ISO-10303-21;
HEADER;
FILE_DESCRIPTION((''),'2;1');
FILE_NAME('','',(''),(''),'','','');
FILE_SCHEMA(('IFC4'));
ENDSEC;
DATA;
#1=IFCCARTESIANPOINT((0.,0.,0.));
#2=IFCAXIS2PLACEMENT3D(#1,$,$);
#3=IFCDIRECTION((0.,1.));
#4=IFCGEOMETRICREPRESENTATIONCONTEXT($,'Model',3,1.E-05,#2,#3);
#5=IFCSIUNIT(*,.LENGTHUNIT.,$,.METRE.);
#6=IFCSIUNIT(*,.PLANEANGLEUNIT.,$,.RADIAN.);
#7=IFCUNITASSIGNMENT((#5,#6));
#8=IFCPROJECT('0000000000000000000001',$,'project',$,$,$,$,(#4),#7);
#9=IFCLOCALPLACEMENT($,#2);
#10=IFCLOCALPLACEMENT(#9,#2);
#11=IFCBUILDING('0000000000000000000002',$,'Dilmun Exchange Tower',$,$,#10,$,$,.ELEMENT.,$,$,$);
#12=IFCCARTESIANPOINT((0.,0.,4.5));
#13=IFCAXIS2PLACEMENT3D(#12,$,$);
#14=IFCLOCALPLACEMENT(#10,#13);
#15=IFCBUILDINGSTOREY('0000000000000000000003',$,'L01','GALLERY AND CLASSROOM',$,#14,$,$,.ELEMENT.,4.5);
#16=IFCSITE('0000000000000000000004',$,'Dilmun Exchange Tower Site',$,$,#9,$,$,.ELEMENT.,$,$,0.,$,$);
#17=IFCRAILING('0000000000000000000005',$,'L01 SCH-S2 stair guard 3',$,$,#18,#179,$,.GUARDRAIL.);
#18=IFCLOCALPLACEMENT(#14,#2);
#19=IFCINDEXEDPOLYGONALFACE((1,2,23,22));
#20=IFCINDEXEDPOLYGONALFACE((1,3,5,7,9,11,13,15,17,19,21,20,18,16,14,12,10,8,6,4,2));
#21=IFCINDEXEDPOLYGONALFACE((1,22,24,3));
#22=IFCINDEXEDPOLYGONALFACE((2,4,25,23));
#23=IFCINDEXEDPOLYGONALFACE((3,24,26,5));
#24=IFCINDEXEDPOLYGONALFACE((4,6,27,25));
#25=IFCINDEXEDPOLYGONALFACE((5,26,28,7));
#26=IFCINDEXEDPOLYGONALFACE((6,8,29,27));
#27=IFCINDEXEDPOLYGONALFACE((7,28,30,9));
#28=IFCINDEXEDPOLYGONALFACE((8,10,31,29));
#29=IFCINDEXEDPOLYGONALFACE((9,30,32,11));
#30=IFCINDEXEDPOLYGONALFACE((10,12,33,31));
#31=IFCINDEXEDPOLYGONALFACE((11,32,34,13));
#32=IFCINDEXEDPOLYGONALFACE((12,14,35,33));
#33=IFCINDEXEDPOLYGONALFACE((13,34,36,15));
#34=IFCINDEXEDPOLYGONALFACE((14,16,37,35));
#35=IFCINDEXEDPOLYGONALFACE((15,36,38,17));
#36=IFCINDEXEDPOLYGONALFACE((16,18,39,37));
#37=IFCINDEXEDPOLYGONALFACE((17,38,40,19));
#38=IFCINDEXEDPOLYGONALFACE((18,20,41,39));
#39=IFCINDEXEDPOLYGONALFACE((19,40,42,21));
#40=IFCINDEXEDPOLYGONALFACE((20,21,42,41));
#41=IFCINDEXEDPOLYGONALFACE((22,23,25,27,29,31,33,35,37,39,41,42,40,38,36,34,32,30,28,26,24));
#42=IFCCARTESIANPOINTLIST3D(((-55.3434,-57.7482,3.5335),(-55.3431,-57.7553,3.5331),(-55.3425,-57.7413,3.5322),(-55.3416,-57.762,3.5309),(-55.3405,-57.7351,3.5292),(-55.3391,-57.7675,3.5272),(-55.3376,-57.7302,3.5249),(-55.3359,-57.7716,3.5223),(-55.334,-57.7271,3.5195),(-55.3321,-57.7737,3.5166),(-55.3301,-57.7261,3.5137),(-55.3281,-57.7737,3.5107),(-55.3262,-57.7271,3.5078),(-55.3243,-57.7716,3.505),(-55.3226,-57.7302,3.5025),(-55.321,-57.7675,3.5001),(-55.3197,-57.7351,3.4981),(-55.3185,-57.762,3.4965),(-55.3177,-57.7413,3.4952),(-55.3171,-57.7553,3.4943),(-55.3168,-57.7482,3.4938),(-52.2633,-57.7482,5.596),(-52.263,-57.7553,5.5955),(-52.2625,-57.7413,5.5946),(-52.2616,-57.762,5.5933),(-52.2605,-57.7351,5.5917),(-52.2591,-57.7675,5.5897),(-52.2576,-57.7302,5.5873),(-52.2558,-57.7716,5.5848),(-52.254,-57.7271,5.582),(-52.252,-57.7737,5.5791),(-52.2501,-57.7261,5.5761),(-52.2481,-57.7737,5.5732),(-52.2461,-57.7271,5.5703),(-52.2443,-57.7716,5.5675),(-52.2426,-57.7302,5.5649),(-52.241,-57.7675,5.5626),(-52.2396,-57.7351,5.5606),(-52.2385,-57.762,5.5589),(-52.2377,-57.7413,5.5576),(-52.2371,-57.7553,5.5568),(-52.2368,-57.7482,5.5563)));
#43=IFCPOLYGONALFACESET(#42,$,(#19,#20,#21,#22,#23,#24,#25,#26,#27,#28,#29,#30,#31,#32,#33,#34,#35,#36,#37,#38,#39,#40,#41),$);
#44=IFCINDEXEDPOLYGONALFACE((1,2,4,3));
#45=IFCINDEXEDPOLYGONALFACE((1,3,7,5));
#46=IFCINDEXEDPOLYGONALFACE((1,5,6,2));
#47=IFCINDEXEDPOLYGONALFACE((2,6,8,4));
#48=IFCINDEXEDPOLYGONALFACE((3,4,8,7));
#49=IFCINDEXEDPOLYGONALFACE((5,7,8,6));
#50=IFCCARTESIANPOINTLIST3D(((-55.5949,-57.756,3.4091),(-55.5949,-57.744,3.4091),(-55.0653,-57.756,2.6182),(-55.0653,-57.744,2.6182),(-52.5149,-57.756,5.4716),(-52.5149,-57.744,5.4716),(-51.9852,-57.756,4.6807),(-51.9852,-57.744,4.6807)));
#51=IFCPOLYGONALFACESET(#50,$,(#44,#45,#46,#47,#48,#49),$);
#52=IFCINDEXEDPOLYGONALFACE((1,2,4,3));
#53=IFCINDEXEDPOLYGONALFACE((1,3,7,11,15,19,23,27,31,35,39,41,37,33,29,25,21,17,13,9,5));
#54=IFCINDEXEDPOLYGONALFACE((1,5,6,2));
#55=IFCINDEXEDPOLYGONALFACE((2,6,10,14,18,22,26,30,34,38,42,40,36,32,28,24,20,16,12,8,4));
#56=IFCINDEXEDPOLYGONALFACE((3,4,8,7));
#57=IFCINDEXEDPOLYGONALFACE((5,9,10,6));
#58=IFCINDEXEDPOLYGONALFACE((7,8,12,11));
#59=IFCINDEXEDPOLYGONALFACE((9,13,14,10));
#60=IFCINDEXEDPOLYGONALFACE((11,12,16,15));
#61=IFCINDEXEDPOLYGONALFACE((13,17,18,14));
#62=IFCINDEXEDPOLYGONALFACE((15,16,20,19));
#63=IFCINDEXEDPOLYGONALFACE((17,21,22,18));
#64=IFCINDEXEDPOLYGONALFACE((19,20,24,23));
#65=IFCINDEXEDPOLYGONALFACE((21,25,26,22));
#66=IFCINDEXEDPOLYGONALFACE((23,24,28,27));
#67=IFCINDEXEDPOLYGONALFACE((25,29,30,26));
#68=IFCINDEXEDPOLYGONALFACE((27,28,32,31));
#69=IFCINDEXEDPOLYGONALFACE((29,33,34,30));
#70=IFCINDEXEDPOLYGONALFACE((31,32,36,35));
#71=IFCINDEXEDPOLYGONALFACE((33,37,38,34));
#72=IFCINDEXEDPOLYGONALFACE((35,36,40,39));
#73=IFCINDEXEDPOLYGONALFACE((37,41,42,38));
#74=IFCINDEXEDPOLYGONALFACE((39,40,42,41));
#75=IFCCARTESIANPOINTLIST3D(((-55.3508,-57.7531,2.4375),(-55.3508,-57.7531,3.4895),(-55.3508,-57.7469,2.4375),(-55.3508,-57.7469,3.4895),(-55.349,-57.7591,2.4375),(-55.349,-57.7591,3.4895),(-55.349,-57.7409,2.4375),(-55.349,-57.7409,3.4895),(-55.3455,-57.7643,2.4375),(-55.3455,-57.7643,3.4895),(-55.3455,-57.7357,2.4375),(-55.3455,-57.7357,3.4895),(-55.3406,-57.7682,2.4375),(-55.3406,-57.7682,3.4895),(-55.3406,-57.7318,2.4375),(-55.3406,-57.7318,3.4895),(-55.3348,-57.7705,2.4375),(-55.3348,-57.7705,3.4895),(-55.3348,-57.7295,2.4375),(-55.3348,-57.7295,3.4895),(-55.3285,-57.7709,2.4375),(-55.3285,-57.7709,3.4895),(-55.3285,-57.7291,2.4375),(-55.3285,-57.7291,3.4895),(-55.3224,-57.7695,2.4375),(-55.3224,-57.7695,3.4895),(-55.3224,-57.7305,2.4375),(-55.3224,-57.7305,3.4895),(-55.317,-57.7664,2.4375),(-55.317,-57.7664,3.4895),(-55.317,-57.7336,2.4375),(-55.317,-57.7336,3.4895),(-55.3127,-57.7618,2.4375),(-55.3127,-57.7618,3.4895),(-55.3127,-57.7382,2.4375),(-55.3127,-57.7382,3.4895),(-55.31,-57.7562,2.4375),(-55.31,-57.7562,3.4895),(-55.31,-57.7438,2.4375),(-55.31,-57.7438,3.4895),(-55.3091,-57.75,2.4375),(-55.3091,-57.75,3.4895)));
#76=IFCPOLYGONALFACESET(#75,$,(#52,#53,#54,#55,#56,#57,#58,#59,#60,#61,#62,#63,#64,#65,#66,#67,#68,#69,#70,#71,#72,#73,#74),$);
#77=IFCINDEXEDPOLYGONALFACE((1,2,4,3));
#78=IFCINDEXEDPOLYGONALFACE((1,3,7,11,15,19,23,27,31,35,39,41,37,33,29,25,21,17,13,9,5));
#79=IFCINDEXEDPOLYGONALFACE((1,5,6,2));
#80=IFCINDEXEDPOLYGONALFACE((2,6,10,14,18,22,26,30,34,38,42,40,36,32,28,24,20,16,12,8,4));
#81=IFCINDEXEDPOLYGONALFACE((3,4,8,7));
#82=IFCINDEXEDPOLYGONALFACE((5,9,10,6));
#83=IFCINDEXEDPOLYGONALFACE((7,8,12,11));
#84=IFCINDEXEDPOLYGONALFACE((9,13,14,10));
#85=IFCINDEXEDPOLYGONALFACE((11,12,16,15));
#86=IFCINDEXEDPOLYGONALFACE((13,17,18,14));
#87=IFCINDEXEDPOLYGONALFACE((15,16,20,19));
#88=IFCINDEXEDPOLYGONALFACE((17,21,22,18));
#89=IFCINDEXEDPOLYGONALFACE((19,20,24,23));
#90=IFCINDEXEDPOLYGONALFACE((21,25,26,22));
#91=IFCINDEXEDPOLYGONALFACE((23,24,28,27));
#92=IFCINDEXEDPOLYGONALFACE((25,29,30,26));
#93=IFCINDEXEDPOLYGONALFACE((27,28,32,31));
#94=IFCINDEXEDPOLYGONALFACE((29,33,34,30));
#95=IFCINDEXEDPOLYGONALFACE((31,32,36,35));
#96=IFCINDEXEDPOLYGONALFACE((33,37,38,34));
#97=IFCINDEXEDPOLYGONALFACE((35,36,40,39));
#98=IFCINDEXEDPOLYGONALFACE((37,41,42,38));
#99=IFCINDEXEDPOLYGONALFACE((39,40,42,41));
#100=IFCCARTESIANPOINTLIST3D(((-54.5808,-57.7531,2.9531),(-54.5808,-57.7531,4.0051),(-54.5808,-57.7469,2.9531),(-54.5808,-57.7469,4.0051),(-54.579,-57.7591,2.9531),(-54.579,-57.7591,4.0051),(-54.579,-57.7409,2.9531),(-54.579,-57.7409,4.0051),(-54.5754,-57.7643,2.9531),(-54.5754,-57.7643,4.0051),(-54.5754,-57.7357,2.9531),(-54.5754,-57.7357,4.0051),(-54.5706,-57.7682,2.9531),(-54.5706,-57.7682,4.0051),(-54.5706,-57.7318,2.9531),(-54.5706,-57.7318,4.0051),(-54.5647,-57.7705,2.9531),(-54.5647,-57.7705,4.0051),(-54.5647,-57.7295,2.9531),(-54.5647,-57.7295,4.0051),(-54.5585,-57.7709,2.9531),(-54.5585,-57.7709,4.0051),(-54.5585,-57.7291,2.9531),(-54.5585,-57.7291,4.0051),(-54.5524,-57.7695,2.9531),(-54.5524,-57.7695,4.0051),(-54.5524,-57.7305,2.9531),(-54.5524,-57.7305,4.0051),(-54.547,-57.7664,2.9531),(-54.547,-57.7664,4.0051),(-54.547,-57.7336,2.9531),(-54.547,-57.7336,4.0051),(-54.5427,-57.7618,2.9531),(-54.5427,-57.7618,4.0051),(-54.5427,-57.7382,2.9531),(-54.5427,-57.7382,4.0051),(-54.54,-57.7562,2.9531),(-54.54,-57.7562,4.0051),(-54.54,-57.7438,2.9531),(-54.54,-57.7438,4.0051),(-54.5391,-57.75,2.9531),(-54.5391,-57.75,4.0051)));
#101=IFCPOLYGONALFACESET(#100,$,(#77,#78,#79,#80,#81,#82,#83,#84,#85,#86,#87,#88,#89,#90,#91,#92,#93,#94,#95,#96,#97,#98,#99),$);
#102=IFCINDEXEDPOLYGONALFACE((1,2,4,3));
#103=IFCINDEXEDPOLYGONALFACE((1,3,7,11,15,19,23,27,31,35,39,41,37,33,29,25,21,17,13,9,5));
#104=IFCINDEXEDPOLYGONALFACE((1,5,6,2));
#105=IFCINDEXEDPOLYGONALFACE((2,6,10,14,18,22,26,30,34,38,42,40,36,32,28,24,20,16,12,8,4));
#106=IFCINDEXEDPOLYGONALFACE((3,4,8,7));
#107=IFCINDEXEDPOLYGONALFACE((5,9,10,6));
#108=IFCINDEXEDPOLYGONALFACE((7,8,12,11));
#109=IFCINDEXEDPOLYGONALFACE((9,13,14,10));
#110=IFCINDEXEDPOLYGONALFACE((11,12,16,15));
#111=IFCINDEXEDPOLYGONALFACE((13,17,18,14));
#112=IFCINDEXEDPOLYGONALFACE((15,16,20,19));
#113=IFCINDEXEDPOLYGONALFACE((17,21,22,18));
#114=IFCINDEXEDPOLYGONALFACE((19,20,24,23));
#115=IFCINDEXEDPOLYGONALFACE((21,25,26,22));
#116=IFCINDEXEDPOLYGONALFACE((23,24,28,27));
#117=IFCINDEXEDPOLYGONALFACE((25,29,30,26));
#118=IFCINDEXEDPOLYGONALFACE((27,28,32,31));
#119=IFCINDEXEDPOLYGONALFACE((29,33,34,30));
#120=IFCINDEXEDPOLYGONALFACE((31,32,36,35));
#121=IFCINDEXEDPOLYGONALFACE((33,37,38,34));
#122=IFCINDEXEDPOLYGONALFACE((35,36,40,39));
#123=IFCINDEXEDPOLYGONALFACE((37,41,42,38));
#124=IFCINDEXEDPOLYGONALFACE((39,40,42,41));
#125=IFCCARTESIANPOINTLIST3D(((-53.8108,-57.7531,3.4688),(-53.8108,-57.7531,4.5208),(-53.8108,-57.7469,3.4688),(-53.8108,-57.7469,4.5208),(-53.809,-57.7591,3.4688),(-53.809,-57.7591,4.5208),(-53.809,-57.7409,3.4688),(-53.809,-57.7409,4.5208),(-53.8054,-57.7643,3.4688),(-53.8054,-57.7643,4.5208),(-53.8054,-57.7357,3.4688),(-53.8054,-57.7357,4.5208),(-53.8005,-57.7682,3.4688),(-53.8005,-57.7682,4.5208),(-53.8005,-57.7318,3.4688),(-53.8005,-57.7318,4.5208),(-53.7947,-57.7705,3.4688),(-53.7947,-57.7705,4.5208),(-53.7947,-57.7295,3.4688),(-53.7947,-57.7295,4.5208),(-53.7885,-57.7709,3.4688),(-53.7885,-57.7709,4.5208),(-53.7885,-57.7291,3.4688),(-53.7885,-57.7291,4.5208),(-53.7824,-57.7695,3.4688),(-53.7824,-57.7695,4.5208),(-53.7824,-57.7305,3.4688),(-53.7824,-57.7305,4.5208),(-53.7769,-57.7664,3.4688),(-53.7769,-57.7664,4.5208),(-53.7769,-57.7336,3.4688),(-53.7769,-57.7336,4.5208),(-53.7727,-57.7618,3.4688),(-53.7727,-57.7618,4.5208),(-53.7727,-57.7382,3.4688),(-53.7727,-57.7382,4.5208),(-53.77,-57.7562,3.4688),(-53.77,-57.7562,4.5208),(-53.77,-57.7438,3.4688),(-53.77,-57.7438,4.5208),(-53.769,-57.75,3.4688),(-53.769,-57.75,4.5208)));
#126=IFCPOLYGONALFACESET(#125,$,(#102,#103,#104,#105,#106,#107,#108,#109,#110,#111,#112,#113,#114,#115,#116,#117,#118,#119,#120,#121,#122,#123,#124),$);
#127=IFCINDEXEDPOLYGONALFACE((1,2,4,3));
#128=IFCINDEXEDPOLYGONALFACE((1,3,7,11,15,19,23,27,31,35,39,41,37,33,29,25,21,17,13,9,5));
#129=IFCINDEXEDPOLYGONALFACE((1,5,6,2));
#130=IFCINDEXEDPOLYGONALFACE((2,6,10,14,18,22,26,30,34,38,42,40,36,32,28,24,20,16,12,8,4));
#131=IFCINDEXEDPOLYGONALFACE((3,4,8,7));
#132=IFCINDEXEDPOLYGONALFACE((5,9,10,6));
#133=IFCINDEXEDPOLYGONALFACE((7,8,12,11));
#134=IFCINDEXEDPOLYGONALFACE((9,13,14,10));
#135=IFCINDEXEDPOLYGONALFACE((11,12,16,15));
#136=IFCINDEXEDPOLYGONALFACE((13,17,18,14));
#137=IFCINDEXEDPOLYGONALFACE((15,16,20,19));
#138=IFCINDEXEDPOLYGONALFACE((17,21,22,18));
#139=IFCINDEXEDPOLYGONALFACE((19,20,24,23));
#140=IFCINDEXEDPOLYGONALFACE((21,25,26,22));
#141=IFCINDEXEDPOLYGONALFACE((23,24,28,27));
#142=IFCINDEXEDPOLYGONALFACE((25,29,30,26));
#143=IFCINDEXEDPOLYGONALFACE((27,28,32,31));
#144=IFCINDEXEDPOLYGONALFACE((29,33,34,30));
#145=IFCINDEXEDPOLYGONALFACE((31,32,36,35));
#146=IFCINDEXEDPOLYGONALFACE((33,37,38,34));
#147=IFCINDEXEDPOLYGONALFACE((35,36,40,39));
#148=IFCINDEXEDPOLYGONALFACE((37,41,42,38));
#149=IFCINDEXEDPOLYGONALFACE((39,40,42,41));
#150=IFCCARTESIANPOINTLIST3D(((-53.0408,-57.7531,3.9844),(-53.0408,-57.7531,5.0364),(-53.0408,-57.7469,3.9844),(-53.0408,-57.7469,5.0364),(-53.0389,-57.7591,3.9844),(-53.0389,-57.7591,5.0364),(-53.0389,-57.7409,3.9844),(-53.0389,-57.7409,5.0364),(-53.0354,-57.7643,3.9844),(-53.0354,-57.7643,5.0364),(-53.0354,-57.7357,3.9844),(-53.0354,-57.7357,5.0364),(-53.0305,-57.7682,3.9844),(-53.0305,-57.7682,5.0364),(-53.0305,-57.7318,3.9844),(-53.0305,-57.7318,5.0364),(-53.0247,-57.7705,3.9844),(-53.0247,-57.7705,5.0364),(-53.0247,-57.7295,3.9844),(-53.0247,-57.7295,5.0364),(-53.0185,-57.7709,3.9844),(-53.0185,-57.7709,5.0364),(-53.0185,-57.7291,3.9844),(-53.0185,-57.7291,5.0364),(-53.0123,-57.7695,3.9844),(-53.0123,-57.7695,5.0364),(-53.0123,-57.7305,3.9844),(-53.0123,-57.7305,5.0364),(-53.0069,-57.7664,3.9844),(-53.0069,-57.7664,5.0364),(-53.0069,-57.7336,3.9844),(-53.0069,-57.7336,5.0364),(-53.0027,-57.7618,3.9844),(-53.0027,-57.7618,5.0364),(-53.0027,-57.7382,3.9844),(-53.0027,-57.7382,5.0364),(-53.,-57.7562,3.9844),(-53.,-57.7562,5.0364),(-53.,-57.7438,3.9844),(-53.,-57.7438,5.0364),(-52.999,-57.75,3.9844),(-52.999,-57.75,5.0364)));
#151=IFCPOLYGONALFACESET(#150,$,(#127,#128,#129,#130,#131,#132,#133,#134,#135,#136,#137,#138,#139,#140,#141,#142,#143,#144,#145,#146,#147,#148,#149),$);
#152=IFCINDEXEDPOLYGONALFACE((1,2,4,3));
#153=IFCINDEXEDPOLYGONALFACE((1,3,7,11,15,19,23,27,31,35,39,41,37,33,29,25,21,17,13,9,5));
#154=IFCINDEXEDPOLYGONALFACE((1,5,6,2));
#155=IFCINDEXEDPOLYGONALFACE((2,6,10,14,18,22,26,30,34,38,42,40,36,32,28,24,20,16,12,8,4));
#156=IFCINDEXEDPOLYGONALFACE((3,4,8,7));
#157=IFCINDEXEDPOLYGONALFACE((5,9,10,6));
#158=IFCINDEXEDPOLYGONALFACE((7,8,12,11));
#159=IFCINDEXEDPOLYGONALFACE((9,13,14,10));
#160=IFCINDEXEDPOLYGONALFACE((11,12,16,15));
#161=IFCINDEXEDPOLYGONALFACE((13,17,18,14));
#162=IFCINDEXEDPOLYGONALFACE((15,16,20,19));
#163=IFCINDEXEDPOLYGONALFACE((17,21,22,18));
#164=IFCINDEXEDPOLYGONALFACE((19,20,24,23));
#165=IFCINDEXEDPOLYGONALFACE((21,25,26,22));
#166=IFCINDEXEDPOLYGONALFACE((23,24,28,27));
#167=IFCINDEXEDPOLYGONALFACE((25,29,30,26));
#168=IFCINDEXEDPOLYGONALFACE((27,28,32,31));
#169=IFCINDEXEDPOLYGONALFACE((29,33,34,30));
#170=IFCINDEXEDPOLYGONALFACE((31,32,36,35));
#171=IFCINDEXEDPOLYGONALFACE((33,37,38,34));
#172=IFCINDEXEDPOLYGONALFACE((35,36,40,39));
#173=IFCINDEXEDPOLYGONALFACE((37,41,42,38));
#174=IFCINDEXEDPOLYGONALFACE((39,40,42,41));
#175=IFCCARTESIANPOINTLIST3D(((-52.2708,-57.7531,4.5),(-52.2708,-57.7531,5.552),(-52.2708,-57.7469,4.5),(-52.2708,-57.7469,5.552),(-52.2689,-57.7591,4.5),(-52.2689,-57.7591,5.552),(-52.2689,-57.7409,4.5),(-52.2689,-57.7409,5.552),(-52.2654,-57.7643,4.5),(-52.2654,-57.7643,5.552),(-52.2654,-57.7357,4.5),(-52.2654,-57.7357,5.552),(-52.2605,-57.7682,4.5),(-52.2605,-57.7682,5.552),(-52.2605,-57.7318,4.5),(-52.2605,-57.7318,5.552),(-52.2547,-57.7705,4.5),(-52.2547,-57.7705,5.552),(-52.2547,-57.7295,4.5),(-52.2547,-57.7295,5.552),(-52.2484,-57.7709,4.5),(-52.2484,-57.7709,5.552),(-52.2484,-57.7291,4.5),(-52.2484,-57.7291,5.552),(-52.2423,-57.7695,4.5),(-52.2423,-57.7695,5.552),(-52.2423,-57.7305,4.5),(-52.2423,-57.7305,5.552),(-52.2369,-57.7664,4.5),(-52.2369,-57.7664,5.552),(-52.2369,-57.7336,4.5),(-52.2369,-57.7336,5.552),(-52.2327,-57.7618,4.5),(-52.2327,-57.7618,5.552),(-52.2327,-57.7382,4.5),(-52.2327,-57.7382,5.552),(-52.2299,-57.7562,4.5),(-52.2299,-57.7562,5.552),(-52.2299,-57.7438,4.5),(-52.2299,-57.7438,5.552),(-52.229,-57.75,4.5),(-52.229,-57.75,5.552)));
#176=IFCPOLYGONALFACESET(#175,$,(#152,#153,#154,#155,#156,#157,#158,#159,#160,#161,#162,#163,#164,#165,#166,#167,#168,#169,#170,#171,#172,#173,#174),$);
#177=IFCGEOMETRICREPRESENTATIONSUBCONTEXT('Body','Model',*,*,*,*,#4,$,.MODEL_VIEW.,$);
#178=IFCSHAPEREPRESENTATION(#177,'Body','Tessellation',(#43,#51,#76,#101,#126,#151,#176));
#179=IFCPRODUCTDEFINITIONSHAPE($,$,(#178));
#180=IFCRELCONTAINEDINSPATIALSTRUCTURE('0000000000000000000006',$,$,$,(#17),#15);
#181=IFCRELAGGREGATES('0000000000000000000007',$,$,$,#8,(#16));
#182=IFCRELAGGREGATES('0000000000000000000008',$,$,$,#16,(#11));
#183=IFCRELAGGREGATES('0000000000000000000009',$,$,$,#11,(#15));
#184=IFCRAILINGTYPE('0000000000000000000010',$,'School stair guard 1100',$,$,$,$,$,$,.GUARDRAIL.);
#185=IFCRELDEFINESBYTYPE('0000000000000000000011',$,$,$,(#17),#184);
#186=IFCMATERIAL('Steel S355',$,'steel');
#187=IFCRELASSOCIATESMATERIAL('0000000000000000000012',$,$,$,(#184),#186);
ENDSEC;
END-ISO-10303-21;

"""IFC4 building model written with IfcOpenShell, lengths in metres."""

from ifc_helpers import new_model, si_unit, direction, frame, origin, origin_2d, place, context, subcontext, project, spatial, rectangle, circle, extrude, material, type_object, element, save


model = new_model("IFC4")

# Units and contexts
model_context = context("Model", 3, precision=1e-05, world=origin(), true_north=direction((0.0, 1.0)))
body_context = subcontext(model_context, "Body", "Model", "MODEL_VIEW")
ifc_project = project(units=[si_unit("LENGTHUNIT", "METRE"), si_unit("PLANEANGLEUNIT", "RADIAN")], contexts=[model_context])

# Site, building, storey
site_placement = place(None, origin())
site = spatial("IfcSite", under=ifc_project, at=site_placement, Name="Dilmun Exchange Tower Site", CompositionType="ELEMENT", RefElevation=0.0)
building_placement = place(site_placement, origin())
building = spatial("IfcBuilding", under=site, at=building_placement, Name="Dilmun Exchange Tower", CompositionType="ELEMENT")
storey_placement = place(building_placement, frame((0.0, 0.0, 4.5)))
storey = spatial("IfcBuildingStorey", under=building, at=storey_placement, Name="L01", Description="GALLERY AND CLASSROOM", CompositionType="ELEMENT", Elevation=4.5)

# Railing
ifc_material_1 = material(Name="Steel S355", Category="steel")
railing_type_1 = type_object("IfcRailingType", Name="School stair guard 1100", PredefinedType="GUARDRAIL", material=ifc_material_1)
railing_1_placement = place(storey_placement, frame((-55.3301, -57.75, 2.4375)))
element("IfcRailing", 1, at=railing_1_placement, inside=storey, type_object=railing_type_1, Name="L01 SCH-S2 stair guard 3", PredefinedType="GUARDRAIL", context=body_context, shape_type="SweptSolid", body=[
    extrude(circle(Radius=0.0239, at=origin_2d()), frame((0.0, 0.0, 1.0762), z_axis=(0.830914, 0.0, 0.556401), x_axis=(0.0, 1.0, 0.0)), (0.0, 0.0, 1.0), 3.7068),
    extrude(rectangle(XDim=0.012, YDim=0.9519, at=origin_2d()), frame((0.0, 0.0, 0.5762), z_axis=(0.830914, 0.0, 0.556401), x_axis=(0.0, 1.0, 0.0)), (0.0, 0.0, 1.0), 3.7068),
    extrude(circle(Radius=0.021, at=origin_2d()), origin(), (0.0, 0.0, 1.0), 1.052),
    extrude(circle(Radius=0.021, at=origin_2d()), frame((0.77, 0.0, 0.5156)), (0.0, 0.0, 1.0), 1.052),
    extrude(circle(Radius=0.021, at=origin_2d()), frame((1.54, 0.0, 1.0312)), (0.0, 0.0, 1.0), 1.052),
    extrude(circle(Radius=0.021, at=origin_2d()), frame((2.3101, 0.0, 1.5469)), (0.0, 0.0, 1.0), 1.052),
    extrude(circle(Radius=0.021, at=origin_2d()), frame((3.0801, 0.0, 2.0625)), (0.0, 0.0, 1.0), 1.052),
])

save(model, "model.ifc")
